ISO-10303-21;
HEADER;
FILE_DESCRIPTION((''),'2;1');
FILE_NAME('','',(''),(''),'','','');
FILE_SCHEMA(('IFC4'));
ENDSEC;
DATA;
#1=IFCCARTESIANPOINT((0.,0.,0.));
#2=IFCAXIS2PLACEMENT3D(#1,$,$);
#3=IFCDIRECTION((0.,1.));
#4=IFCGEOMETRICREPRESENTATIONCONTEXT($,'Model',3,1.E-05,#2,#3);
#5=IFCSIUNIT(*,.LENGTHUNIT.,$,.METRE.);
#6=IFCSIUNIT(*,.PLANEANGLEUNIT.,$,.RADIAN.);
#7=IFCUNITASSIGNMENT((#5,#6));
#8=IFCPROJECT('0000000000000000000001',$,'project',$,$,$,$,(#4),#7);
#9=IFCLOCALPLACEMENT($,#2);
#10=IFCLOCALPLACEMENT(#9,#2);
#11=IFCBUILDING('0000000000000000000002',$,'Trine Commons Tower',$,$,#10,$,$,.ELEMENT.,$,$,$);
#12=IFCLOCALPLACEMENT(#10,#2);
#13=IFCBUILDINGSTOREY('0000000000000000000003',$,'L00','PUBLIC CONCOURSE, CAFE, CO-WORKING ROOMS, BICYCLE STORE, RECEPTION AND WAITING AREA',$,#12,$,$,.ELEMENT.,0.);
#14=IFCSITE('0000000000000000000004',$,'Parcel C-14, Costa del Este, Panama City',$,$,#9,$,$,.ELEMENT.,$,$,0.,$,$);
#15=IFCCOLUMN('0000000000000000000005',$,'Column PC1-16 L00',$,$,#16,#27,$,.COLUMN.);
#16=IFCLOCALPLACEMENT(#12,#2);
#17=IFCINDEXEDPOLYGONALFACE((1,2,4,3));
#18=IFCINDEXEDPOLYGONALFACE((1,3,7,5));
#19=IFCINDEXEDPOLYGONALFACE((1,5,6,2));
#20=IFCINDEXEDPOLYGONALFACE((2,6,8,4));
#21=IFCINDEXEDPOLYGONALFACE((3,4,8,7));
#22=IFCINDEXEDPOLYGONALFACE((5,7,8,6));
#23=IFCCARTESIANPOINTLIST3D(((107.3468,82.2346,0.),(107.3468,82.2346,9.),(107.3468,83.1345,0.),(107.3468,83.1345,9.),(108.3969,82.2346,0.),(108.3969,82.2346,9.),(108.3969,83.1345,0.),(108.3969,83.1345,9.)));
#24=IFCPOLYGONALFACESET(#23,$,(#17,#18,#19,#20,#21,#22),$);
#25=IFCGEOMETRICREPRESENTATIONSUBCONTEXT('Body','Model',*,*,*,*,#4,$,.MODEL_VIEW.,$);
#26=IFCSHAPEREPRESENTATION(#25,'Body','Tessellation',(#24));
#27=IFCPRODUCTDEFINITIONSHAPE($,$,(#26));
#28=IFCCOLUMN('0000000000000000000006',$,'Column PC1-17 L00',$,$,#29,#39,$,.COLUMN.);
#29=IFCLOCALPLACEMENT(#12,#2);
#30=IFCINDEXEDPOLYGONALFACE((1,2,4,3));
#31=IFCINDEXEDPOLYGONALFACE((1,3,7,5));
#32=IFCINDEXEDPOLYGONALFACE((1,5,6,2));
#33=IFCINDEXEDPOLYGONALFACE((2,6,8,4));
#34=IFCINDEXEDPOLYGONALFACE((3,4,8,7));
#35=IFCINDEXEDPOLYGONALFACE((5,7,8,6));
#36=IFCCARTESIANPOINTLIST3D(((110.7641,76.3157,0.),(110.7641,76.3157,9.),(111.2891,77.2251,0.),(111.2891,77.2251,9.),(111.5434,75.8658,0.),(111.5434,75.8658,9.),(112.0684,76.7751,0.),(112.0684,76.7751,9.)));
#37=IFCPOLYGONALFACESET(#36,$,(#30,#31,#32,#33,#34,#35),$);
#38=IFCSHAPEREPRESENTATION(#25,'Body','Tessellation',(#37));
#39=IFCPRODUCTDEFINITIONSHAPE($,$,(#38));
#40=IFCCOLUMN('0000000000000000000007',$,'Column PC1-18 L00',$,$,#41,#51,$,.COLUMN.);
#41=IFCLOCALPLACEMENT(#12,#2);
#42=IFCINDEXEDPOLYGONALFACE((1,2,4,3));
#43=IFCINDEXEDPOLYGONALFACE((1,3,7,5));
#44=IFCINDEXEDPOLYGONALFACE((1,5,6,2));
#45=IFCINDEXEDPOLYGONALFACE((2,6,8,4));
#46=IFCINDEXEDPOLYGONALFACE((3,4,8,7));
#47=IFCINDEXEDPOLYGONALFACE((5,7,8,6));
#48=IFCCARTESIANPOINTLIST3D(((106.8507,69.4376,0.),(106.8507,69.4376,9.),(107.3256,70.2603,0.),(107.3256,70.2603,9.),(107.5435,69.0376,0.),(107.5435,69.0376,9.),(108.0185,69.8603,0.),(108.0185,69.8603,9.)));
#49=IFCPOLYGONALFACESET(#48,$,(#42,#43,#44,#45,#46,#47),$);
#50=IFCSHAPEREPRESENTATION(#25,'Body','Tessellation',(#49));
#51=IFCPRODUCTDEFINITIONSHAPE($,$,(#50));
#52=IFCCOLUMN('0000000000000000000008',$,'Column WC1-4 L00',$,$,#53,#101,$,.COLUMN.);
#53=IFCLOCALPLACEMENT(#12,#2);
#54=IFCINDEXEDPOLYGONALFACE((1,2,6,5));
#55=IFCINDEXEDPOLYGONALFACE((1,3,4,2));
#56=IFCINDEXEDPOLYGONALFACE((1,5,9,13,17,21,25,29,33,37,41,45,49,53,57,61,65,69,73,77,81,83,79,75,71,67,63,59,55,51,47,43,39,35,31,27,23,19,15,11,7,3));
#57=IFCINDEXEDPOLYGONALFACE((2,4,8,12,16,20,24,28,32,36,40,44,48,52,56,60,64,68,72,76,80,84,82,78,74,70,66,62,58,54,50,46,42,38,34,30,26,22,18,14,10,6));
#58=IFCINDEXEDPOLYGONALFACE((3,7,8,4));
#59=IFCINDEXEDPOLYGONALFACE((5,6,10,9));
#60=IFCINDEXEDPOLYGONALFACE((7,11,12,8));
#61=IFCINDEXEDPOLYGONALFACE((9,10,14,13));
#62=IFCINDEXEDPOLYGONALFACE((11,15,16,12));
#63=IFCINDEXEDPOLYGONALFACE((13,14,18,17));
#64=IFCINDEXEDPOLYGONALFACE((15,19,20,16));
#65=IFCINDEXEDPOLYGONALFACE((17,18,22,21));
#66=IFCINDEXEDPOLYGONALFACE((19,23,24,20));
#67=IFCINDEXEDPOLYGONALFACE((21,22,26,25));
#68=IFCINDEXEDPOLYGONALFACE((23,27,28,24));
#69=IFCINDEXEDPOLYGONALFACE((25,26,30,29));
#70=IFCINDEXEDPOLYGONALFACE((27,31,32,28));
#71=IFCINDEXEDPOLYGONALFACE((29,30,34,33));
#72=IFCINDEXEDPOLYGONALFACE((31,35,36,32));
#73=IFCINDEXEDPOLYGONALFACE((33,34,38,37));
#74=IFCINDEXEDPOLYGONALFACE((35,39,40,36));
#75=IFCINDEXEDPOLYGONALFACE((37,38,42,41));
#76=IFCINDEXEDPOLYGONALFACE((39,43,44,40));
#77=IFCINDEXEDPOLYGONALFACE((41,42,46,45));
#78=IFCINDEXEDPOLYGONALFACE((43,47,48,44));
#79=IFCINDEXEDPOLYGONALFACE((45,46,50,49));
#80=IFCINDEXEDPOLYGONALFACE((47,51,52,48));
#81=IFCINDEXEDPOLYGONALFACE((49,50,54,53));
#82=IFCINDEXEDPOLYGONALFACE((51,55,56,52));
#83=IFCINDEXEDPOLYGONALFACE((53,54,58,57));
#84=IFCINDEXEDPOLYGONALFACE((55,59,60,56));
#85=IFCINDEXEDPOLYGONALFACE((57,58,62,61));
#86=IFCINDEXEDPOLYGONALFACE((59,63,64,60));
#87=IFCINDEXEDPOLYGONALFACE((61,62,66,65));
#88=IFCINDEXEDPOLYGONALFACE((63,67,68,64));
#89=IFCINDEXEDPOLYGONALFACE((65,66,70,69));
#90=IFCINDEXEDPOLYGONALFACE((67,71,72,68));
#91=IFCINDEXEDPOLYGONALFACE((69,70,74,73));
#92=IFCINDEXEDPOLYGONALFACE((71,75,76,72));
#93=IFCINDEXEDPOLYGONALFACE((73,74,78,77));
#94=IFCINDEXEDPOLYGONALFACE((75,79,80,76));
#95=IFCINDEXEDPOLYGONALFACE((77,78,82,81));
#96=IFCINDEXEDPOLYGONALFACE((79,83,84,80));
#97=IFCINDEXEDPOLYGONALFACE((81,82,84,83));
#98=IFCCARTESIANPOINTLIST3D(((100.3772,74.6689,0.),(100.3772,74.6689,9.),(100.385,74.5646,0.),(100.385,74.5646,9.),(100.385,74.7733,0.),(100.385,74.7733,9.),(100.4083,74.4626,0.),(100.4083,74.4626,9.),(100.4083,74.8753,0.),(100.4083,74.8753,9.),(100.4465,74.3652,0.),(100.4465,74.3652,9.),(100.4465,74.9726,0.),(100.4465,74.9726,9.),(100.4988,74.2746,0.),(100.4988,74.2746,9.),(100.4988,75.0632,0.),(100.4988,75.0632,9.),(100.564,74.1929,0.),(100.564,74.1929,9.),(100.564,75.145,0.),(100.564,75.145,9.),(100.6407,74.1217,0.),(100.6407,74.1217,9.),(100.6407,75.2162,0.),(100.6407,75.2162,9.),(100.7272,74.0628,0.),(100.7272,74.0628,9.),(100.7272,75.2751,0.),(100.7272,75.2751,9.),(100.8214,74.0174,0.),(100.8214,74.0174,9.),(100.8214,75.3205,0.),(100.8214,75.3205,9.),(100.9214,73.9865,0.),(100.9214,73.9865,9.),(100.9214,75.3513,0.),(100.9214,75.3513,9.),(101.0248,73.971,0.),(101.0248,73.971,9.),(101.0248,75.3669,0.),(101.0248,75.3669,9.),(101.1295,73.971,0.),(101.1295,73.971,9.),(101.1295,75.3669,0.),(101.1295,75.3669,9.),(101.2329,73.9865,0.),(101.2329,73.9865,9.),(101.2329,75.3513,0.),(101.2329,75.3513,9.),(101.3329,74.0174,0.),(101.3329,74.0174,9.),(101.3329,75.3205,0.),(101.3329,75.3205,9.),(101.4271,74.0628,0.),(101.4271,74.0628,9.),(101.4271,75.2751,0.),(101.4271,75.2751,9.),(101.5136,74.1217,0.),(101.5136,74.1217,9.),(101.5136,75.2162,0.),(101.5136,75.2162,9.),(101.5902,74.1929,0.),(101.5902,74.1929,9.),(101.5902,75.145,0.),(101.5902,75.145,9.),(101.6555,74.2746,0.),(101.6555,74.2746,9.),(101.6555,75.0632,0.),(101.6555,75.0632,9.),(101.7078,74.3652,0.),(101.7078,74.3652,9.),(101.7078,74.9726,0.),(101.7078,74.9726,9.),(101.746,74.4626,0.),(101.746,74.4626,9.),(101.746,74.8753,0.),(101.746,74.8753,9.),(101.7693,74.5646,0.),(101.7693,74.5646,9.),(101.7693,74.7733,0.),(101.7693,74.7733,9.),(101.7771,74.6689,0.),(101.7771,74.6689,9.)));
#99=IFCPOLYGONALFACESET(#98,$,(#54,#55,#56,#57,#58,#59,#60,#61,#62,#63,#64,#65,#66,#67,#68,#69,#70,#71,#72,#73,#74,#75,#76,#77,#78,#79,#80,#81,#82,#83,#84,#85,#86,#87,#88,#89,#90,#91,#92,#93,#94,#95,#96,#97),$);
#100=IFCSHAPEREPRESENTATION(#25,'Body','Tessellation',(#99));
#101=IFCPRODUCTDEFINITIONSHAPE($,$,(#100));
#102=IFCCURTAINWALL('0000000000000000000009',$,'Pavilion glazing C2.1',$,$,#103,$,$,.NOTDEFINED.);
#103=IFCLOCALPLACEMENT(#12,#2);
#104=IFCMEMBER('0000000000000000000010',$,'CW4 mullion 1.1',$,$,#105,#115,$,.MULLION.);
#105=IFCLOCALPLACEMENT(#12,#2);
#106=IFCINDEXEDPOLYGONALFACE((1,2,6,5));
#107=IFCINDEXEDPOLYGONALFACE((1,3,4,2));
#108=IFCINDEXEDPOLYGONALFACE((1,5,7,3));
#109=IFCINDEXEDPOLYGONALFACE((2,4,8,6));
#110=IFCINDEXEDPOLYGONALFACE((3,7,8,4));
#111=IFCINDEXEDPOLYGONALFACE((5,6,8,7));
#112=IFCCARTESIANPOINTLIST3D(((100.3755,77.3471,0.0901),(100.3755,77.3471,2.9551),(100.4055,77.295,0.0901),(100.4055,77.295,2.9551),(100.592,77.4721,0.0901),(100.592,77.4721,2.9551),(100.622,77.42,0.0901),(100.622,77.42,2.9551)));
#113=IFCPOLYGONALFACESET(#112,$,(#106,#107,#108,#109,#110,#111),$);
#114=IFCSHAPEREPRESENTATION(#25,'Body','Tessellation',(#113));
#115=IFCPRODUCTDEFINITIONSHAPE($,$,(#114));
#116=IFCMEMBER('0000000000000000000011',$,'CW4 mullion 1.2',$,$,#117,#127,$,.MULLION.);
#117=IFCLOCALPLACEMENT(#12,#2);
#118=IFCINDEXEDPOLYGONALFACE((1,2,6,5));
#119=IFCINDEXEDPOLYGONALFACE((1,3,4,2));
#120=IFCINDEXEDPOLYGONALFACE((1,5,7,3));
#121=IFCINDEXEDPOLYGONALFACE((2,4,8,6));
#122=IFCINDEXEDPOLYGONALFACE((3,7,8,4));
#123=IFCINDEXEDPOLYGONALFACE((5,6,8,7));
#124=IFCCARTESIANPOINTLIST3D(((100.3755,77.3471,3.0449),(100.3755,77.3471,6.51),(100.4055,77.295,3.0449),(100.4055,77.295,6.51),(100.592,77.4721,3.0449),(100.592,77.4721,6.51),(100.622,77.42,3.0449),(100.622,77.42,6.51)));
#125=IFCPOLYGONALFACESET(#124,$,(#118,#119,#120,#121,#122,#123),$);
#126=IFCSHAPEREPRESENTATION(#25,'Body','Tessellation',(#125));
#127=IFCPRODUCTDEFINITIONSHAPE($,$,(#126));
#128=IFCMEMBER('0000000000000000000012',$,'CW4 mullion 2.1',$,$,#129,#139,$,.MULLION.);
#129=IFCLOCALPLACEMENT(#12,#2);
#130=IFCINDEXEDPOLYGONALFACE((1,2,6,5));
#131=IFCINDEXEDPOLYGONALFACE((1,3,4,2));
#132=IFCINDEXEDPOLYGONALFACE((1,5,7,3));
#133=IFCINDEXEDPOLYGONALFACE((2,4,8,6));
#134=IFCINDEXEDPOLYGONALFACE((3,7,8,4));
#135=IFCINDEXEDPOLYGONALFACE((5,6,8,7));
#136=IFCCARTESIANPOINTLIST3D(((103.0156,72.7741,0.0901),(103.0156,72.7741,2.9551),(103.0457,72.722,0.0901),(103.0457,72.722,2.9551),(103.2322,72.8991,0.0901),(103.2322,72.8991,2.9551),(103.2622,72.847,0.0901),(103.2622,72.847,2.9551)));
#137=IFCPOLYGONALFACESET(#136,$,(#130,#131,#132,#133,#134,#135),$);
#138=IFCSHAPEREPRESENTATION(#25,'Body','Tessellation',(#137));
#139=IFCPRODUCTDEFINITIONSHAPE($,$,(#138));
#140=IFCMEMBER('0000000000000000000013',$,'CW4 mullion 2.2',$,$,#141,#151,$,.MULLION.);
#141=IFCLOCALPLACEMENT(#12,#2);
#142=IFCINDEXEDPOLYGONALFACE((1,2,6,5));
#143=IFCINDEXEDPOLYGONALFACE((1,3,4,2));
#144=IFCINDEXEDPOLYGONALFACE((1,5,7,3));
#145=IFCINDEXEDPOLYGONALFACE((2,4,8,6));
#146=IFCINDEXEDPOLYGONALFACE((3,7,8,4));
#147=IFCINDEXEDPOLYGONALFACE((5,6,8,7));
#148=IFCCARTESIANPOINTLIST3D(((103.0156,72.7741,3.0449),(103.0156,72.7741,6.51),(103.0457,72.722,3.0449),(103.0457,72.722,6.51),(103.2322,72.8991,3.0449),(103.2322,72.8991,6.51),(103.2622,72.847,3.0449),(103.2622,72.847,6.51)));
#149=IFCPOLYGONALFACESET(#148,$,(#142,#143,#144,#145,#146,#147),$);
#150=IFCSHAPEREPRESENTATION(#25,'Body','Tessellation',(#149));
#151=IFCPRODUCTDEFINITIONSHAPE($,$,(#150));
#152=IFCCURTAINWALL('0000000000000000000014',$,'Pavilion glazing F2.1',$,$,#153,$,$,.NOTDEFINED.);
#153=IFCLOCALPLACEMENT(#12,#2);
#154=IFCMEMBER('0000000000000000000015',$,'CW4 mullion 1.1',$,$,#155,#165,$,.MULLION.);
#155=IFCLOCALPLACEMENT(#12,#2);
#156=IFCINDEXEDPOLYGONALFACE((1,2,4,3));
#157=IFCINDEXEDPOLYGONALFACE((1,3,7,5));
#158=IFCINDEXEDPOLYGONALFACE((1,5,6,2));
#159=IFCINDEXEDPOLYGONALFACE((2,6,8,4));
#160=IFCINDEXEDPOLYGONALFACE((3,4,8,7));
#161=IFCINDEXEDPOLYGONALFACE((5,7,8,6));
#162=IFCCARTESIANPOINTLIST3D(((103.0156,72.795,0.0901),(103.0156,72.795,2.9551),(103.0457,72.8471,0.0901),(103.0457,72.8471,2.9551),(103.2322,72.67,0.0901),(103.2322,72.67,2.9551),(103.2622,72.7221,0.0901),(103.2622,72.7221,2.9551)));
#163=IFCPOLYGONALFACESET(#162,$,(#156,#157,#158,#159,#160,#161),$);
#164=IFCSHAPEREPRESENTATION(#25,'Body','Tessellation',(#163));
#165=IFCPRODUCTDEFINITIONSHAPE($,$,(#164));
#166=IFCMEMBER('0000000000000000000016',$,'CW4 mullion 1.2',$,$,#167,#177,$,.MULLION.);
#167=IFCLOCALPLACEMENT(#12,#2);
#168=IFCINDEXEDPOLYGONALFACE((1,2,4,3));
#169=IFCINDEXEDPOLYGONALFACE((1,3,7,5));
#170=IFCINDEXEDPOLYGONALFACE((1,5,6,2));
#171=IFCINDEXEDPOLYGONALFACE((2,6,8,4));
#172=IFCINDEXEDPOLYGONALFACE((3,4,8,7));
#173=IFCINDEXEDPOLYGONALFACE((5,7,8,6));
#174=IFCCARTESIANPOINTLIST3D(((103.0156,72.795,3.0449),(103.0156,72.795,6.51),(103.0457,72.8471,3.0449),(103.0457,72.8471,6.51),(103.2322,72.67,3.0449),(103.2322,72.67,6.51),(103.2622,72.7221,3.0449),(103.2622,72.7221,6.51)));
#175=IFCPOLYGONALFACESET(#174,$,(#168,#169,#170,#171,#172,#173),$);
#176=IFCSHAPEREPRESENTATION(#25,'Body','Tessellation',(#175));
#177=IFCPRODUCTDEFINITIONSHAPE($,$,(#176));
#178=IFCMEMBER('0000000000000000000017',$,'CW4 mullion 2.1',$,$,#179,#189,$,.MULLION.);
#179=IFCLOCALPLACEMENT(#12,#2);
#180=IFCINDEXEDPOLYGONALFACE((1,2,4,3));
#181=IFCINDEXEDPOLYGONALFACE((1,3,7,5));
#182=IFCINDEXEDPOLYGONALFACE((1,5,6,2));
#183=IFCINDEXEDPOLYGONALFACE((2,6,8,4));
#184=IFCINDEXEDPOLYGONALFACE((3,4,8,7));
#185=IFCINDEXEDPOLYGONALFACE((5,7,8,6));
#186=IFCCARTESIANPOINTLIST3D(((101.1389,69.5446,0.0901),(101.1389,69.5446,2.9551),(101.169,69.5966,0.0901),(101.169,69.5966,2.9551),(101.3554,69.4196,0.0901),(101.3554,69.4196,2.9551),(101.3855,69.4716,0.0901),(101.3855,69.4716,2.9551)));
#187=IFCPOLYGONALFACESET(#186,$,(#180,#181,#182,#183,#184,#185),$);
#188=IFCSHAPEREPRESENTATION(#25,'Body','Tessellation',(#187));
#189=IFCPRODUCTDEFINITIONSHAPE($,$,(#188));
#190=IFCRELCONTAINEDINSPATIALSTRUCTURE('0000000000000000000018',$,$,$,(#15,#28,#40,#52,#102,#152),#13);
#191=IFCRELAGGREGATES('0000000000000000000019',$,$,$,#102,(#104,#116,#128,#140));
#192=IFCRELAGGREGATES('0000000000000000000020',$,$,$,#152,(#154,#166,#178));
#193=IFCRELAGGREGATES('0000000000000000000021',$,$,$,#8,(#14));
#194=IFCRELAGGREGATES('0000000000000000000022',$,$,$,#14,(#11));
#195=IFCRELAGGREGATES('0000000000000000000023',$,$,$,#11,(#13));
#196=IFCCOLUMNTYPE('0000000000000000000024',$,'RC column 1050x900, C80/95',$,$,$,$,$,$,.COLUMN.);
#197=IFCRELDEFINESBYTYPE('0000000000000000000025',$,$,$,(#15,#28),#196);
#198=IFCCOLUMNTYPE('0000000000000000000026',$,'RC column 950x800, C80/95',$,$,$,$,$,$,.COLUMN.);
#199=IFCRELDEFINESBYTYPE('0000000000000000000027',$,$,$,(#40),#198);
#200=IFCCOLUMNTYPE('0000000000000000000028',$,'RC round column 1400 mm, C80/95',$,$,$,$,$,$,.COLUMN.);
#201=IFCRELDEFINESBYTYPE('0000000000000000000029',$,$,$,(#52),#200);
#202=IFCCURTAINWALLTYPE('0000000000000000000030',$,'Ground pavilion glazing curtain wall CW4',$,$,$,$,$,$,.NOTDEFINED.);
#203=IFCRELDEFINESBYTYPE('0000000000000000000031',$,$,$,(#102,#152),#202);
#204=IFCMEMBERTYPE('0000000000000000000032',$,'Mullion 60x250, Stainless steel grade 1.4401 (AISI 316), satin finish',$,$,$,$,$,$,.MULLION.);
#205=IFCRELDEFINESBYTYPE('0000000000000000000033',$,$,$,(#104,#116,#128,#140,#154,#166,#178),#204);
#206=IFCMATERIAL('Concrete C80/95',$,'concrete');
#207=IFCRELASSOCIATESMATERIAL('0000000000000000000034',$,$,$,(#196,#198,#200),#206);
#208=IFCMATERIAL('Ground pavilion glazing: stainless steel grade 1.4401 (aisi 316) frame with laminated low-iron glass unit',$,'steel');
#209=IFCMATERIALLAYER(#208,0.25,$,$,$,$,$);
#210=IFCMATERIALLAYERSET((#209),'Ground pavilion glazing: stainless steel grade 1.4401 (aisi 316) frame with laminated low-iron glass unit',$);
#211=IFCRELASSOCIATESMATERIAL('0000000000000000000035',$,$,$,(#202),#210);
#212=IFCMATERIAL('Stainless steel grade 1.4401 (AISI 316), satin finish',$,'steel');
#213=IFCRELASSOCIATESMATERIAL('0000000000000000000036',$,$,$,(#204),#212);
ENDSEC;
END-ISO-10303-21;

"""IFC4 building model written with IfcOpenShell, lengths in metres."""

from ifc_helpers import new_model, si_unit, direction, frame, origin, origin_2d, place, context, subcontext, project, spatial, rectangle, circle, extrude, material, layer, layer_set, material_profile, profile_set, type_object, element, aggregate, save


model = new_model("IFC4")

# Units and contexts
model_context = context("Model", 3, precision=1e-05, world=origin(), true_north=direction((0.0, 1.0)))
body_context = subcontext(model_context, "Body", "Model", "MODEL_VIEW")
ifc_project = project(units=[si_unit("LENGTHUNIT", "METRE"), si_unit("PLANEANGLEUNIT", "RADIAN")], contexts=[model_context])

# Site, building, storey
site_placement = place(None, origin())
site = spatial("IfcSite", under=ifc_project, at=site_placement, Name="Parcel C-14, Costa del Este, Panama City", CompositionType="ELEMENT", RefElevation=0.0)
building_placement = place(site_placement, origin())
building = spatial("IfcBuilding", under=site, at=building_placement, Name="Trine Commons Tower", CompositionType="ELEMENT")
storey_placement = place(building_placement, origin())
storey = spatial("IfcBuildingStorey", under=building, at=storey_placement, Name="L00", Description="PUBLIC CONCOURSE, CAFE, CO-WORKING ROOMS, BICYCLE STORE, RECEPTION AND WAITING AREA", CompositionType="ELEMENT", Elevation=0.0)

# Columns
ifc_material_1 = material(Name="Concrete C80/95", Category="concrete")
ifc_material_profile_1 = material_profile(ifc_material_1, rectangle(XDim=1.05, YDim=0.8999, at=origin_2d()), Name="RC 1050x900")
ifc_profile_set_1 = profile_set([ifc_material_profile_1], Name="Concrete C80/95")
column_type_1 = type_object("IfcColumnType", Name="RC column 1050x900, C80/95", PredefinedType="COLUMN", material=ifc_profile_set_1)
for number, where, z_axis, x_axis, name in (
    (1, (107.8718, 82.6846, 0.0), (0.0, 0.0, 1.0), (1.0, 0.0, 0.0), "Column PC1-16 L00"),
    (2, (111.4163, 76.5454, 0.0), (0.0, 0.0, 1.0), (0.5, 0.866025, 0.0), "Column PC1-17 L00"),
):
    element("IfcColumn", number, at=place(storey_placement, frame(where, z_axis=z_axis, x_axis=x_axis)), inside=storey, type_object=column_type_1, Name=name, PredefinedType="COLUMN", context=body_context, shape_type="SweptSolid", body=[
        extrude(rectangle(XDim=1.05, YDim=0.8999, at=origin_2d()), origin(), (0.0, 0.0, 1.0), 9.0),
    ])
ifc_material_profile_2 = material_profile(ifc_material_1, rectangle(XDim=0.95, YDim=0.8, at=origin_2d()), Name="RC 950x800")
ifc_profile_set_2 = profile_set([ifc_material_profile_2], Name="Concrete C80/95")
column_type_2 = type_object("IfcColumnType", Name="RC column 950x800, C80/95", PredefinedType="COLUMN", material=ifc_profile_set_2)
column_1_placement = place(storey_placement, frame((107.4346, 69.6489, 0.0), z_axis=(0.0, 0.0, 1.0), x_axis=(0.5, 0.866025, 0.0)))
element("IfcColumn", 3, at=column_1_placement, inside=storey, type_object=column_type_2, Name="Column PC1-18 L00", PredefinedType="COLUMN", context=body_context, shape_type="SweptSolid", body=[
    extrude(rectangle(XDim=0.95, YDim=0.8, at=origin_2d()), origin(), (0.0, 0.0, 1.0), 9.0),
])
ifc_material_profile_3 = material_profile(ifc_material_1, circle(Radius=0.7, at=origin_2d()), Name="RC round 1400")
ifc_profile_set_3 = profile_set([ifc_material_profile_3], Name="Concrete C80/95")
column_type_3 = type_object("IfcColumnType", Name="RC round column 1400 mm, C80/95", PredefinedType="COLUMN", material=ifc_profile_set_3)
column_2_placement = place(storey_placement, frame((101.0771, 74.6689, 0.0), z_axis=(0.0, 0.0, 1.0), x_axis=(1.0, 0.0, 0.0)))
element("IfcColumn", 4, at=column_2_placement, inside=storey, type_object=column_type_3, Name="Column WC1-4 L00", PredefinedType="COLUMN", context=body_context, shape_type="SweptSolid", body=[
    extrude(circle(Radius=0.7, at=origin_2d()), origin(), (0.0, 0.0, 1.0), 9.0),
])

# Curtain walls, members
ifc_material_2 = material(Name="Ground pavilion glazing: stainless steel grade 1.4401 (aisi 316) frame with laminated low-iron glass unit", Category="steel")
ifc_layer_1 = layer(ifc_material_2, 0.25)
ifc_layer_set_1 = layer_set([ifc_layer_1], Name="Ground pavilion glazing: stainless steel grade 1.4401 (aisi 316) frame with laminated low-iron glass unit")
curtain_wall_type = type_object("IfcCurtainWallType", Name="Ground pavilion glazing curtain wall CW4", PredefinedType="NOTDEFINED", material=ifc_layer_set_1)
curtain_wall_1_placement = place(storey_placement, origin())
curtain_wall_1 = element("IfcCurtainWall", 5, at=curtain_wall_1_placement, inside=storey, type_object=curtain_wall_type, Name="Pavilion glazing C2.1", PredefinedType="NOTDEFINED")
ifc_material_3 = material(Name="Stainless steel grade 1.4401 (AISI 316), satin finish", Category="steel")
ifc_material_profile_4 = material_profile(ifc_material_3, rectangle(XDim=0.25, YDim=0.0601, at=origin_2d()), Name="Mullion 60x250")
ifc_profile_set_4 = profile_set([ifc_material_profile_4], Name="Stainless steel grade 1.4401 (AISI 316), satin finish")
member_type_1 = type_object("IfcMemberType", Name="Mullion 60x250, Stainless steel grade 1.4401 (AISI 316), satin finish", PredefinedType="MULLION", material=ifc_profile_set_4)
member_1_placement = place(storey_placement, frame((100.4988, 77.3835, 0.0901), z_axis=(0.0, 0.0, 1.0), x_axis=(0.866025, 0.5, 0.0)))
member_1 = element("IfcMember", 6, at=member_1_placement, type_object=member_type_1, Name="CW4 mullion 1.1", PredefinedType="MULLION", context=body_context, shape_type="SweptSolid", body=[
    extrude(rectangle(XDim=0.25, YDim=0.0601, at=origin_2d()), origin(), (0.0, 0.0, 1.0), 2.865),
])
member_2_placement = place(storey_placement, frame((100.4988, 77.3835, 3.0449), z_axis=(0.0, 0.0, 1.0), x_axis=(0.866025, 0.5, 0.0)))
member_2 = element("IfcMember", 7, at=member_2_placement, type_object=member_type_1, Name="CW4 mullion 1.2", PredefinedType="MULLION", context=body_context, shape_type="SweptSolid", body=[
    extrude(rectangle(XDim=0.25, YDim=0.0601, at=origin_2d()), origin(), (0.0, 0.0, 1.0), 3.4651),
])
member_3_placement = place(storey_placement, frame((103.1389, 72.8105, 0.0901), z_axis=(0.0, 0.0, 1.0), x_axis=(0.866025, 0.5, 0.0)))
member_3 = element("IfcMember", 8, at=member_3_placement, type_object=member_type_1, Name="CW4 mullion 2.1", PredefinedType="MULLION", context=body_context, shape_type="SweptSolid", body=[
    extrude(rectangle(XDim=0.25, YDim=0.0601, at=origin_2d()), origin(), (0.0, 0.0, 1.0), 2.865),
])
member_4_placement = place(storey_placement, frame((103.1389, 72.8105, 3.0449), z_axis=(0.0, 0.0, 1.0), x_axis=(0.866025, 0.5, 0.0)))
member_4 = element("IfcMember", 9, at=member_4_placement, type_object=member_type_1, Name="CW4 mullion 2.2", PredefinedType="MULLION", context=body_context, shape_type="SweptSolid", body=[
    extrude(rectangle(XDim=0.25, YDim=0.0601, at=origin_2d()), origin(), (0.0, 0.0, 1.0), 3.4651),
])
curtain_wall_2_placement = place(storey_placement, origin())
curtain_wall_2 = element("IfcCurtainWall", 10, at=curtain_wall_2_placement, inside=storey, type_object=curtain_wall_type, Name="Pavilion glazing F2.1", PredefinedType="NOTDEFINED")
member_5_placement = place(storey_placement, frame((103.1389, 72.7585, 0.0901), z_axis=(0.0, 0.0, 1.0), x_axis=(0.866025, -0.5, 0.0)))
member_5 = element("IfcMember", 11, at=member_5_placement, type_object=member_type_1, Name="CW4 mullion 1.1", PredefinedType="MULLION", context=body_context, shape_type="SweptSolid", body=[
    extrude(rectangle(XDim=0.25, YDim=0.0601, at=origin_2d()), origin(), (0.0, 0.0, 1.0), 2.865),
])
member_6_placement = place(storey_placement, frame((103.1389, 72.7585, 3.0449), z_axis=(0.0, 0.0, 1.0), x_axis=(0.866025, -0.5, 0.0)))
member_6 = element("IfcMember", 12, at=member_6_placement, type_object=member_type_1, Name="CW4 mullion 1.2", PredefinedType="MULLION", context=body_context, shape_type="SweptSolid", body=[
    extrude(rectangle(XDim=0.25, YDim=0.0601, at=origin_2d()), origin(), (0.0, 0.0, 1.0), 3.4651),
])
member_7_placement = place(storey_placement, frame((101.2622, 69.5081, 0.0901), z_axis=(0.0, 0.0, 1.0), x_axis=(0.866025, -0.5, 0.0)))
member_7 = element("IfcMember", 13, at=member_7_placement, type_object=member_type_1, Name="CW4 mullion 2.1", PredefinedType="MULLION", context=body_context, shape_type="SweptSolid", body=[
    extrude(rectangle(XDim=0.25, YDim=0.0601, at=origin_2d()), origin(), (0.0, 0.0, 1.0), 2.865),
])

aggregate(curtain_wall_1, [member_1, member_2, member_3, member_4])
aggregate(curtain_wall_2, [member_5, member_6, member_7])

save(model, "model.ifc")
